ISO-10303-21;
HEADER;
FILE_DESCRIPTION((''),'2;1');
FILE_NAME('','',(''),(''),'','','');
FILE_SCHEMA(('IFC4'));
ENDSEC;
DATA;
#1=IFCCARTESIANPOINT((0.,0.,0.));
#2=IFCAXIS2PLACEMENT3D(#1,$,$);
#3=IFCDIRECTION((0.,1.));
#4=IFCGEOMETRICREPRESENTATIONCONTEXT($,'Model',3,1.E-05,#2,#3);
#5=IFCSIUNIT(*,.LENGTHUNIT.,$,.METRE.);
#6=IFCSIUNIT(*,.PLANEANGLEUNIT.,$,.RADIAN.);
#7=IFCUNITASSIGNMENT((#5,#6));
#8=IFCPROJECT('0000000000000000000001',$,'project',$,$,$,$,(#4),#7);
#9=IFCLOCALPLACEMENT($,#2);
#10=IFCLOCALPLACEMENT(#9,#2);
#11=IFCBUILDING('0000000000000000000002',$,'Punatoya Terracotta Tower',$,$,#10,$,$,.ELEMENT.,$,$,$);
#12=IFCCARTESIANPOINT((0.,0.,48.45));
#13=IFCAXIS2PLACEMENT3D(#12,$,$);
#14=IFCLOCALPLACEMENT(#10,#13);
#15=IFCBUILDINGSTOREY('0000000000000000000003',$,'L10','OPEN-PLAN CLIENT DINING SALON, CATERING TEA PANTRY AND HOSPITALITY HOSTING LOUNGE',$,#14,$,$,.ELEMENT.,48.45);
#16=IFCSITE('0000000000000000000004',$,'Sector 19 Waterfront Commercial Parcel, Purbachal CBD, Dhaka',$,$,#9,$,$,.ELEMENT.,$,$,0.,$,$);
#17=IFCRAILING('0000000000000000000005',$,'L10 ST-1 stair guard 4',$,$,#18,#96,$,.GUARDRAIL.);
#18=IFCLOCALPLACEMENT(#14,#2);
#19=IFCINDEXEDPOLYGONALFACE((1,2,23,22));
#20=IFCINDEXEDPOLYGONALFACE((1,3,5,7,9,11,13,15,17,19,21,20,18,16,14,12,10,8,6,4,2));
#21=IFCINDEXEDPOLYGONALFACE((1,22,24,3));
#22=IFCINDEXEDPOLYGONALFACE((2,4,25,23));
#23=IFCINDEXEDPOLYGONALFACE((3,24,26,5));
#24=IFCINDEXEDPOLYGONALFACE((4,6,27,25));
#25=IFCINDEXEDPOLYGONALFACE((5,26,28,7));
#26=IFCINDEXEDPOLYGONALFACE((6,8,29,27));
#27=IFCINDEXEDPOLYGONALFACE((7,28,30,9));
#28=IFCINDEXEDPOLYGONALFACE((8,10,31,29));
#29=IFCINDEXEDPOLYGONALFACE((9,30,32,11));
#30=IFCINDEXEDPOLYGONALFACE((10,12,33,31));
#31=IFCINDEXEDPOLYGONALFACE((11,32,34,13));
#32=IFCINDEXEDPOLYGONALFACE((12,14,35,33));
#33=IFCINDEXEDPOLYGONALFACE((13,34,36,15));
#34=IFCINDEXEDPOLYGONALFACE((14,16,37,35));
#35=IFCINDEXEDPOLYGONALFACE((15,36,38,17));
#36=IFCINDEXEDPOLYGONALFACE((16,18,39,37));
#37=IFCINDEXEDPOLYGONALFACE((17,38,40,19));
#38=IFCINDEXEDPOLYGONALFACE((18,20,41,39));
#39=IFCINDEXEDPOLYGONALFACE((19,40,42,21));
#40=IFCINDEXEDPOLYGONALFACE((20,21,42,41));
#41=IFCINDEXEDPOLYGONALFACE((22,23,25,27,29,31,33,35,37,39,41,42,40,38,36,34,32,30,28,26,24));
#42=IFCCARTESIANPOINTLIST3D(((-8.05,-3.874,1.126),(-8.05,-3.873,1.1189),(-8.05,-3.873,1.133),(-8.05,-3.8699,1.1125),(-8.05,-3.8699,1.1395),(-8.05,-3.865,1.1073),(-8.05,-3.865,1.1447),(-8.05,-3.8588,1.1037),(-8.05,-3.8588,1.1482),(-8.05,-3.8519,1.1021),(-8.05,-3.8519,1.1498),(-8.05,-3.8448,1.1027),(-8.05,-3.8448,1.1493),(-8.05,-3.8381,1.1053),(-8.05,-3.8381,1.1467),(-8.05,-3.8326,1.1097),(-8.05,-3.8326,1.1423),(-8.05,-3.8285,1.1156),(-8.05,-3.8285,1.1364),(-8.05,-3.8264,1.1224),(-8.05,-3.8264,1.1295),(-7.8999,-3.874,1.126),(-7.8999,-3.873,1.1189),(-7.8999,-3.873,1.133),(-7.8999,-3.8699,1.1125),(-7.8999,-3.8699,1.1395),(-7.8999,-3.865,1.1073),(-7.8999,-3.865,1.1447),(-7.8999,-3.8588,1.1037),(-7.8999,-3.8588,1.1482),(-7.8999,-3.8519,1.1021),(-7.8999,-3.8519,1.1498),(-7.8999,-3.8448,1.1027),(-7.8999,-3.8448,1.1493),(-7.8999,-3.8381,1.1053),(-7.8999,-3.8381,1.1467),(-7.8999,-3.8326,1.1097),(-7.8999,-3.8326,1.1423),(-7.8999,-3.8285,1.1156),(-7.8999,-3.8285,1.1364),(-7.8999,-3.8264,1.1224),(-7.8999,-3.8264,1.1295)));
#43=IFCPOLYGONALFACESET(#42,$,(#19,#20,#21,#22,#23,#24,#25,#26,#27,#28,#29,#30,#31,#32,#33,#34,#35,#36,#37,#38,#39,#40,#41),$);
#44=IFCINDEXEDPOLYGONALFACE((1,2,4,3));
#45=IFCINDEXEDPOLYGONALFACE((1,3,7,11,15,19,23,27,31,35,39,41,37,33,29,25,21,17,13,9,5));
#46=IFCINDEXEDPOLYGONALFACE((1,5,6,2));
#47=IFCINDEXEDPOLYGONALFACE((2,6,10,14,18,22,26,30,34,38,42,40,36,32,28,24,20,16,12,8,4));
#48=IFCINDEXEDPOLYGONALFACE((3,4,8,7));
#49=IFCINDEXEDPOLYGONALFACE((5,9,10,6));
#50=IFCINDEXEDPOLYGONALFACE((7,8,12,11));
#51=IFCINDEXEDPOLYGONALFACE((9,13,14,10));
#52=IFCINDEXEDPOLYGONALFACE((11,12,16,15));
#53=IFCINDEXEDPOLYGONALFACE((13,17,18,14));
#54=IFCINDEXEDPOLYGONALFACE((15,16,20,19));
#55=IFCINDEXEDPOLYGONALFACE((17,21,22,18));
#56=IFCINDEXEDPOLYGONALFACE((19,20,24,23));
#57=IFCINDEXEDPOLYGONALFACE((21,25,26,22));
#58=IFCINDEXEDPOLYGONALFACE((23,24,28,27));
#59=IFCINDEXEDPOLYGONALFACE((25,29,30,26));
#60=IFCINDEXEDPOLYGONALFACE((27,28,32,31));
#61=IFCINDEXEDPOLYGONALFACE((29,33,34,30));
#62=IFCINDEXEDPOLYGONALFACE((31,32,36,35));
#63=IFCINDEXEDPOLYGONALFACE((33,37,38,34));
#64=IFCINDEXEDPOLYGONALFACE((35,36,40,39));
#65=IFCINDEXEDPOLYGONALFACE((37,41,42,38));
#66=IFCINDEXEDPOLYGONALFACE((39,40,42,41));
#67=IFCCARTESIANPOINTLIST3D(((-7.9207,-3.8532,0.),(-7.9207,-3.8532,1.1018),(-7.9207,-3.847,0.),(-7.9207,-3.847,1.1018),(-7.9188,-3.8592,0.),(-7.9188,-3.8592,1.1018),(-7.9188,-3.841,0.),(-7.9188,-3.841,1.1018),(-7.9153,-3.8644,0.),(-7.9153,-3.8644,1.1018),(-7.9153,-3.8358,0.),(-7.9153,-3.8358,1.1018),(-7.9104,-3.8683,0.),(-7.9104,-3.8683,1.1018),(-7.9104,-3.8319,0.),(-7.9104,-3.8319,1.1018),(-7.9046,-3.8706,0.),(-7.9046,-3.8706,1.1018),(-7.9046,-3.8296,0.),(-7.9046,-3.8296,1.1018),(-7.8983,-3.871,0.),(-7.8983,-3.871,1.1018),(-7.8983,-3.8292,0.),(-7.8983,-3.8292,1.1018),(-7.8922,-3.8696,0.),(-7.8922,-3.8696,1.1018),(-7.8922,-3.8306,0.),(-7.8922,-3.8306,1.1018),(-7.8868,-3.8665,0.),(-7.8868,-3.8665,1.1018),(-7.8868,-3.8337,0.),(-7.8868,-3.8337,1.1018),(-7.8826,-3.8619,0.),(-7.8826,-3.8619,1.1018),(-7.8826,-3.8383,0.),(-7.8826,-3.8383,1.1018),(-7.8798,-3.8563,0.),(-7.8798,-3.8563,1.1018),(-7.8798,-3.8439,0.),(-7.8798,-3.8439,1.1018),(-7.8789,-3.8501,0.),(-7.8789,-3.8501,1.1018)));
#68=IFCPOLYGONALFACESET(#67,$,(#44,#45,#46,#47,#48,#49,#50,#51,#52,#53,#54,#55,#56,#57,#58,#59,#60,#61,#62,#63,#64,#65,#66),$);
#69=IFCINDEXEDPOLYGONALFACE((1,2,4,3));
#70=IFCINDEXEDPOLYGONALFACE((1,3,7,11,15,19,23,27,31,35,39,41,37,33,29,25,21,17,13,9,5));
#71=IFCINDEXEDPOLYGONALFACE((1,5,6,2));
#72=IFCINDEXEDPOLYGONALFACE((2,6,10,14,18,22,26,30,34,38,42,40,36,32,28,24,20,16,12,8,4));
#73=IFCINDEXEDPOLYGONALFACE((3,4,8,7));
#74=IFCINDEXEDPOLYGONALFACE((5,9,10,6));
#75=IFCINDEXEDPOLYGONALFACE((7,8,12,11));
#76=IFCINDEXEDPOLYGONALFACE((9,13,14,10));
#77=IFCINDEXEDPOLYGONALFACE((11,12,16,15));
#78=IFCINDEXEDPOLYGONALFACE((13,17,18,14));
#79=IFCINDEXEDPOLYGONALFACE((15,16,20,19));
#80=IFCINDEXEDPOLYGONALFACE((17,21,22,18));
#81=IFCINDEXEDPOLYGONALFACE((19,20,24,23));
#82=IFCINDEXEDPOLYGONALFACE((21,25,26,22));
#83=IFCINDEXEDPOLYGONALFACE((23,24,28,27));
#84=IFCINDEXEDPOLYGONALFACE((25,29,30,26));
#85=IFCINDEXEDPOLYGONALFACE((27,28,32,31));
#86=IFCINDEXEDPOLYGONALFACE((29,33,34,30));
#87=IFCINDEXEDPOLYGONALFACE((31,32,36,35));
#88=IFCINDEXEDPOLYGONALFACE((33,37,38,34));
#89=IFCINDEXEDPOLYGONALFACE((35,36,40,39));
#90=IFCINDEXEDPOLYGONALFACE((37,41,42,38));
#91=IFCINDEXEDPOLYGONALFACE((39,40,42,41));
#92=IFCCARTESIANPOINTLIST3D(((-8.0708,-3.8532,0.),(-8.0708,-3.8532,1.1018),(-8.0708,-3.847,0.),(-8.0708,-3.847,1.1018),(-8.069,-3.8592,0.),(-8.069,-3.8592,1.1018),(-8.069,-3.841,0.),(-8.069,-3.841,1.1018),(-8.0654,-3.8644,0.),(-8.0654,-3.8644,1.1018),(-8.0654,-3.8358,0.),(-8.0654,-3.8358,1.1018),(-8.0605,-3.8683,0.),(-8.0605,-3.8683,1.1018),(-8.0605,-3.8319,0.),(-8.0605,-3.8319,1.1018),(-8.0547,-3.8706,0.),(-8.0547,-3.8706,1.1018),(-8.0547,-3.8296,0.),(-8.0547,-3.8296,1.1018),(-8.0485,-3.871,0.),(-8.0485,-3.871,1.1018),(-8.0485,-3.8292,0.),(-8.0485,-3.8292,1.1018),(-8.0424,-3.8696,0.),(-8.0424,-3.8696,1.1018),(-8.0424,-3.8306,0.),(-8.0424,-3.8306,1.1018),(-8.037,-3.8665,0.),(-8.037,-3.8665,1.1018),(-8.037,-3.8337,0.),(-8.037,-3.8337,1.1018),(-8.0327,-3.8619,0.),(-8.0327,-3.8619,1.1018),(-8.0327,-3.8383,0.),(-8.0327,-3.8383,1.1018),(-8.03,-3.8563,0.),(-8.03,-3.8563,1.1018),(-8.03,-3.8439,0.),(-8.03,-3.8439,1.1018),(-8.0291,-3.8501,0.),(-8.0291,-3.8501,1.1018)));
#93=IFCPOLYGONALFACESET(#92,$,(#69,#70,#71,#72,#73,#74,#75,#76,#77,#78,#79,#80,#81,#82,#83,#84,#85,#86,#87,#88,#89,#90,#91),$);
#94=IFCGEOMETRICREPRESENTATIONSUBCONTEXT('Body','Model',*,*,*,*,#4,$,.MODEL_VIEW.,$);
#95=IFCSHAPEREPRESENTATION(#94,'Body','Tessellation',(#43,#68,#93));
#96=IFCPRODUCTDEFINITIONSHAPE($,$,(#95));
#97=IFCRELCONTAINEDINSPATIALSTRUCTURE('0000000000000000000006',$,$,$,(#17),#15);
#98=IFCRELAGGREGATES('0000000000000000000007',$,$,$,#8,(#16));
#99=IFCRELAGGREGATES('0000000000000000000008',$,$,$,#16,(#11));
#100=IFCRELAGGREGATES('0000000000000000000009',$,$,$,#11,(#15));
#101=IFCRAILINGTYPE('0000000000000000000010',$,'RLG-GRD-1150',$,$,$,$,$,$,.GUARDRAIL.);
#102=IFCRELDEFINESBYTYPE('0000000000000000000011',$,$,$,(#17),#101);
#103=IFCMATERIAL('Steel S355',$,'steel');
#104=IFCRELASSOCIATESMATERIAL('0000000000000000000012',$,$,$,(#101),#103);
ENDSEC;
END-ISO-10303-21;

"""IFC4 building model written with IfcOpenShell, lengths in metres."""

from ifc_helpers import new_model, si_unit, direction, frame, origin, origin_2d, place, context, subcontext, project, spatial, circle, extrude, material, type_object, element, save


model = new_model("IFC4")

# Units and contexts
model_context = context("Model", 3, precision=1e-05, world=origin(), true_north=direction((0.0, 1.0)))
body_context = subcontext(model_context, "Body", "Model", "MODEL_VIEW")
ifc_project = project(units=[si_unit("LENGTHUNIT", "METRE"), si_unit("PLANEANGLEUNIT", "RADIAN")], contexts=[model_context])

# Site, building, storey
site_placement = place(None, origin())
site = spatial("IfcSite", under=ifc_project, at=site_placement, Name="Sector 19 Waterfront Commercial Parcel, Purbachal CBD, Dhaka", CompositionType="ELEMENT", RefElevation=0.0)
building_placement = place(site_placement, origin())
building = spatial("IfcBuilding", under=site, at=building_placement, Name="Punatoya Terracotta Tower", CompositionType="ELEMENT")
storey_placement = place(building_placement, frame((0.0, 0.0, 48.45)))
storey = spatial("IfcBuildingStorey", under=building, at=storey_placement, Name="L10", Description="OPEN-PLAN CLIENT DINING SALON, CATERING TEA PANTRY AND HOSPITALITY HOSTING LOUNGE", CompositionType="ELEMENT", Elevation=48.45)

# Shared definitions
ifc_material_1 = material(Name="Steel S355", Category="steel")

# Railing
railing_type_1 = type_object("IfcRailingType", Name="RLG-GRD-1150", PredefinedType="GUARDRAIL", material=ifc_material_1)
railing_1_placement = place(storey_placement, frame((-7.8999, -3.8501, 0.0)))
element("IfcRailing", 1, at=railing_1_placement, inside=storey, type_object=railing_type_1, Name="L10 ST-1 stair guard 4", PredefinedType="GUARDRAIL", context=body_context, shape_type="SweptSolid", body=[
    extrude(circle(Radius=0.0239, at=origin_2d()), frame((0.0, 0.0, 1.126), z_axis=(-1.0, 0.0, 0.0), x_axis=(0.0, -1.0, 0.0)), (0.0, 0.0, 1.0), 0.1501),
    extrude(circle(Radius=0.021, at=origin_2d()), origin(), (0.0, 0.0, 1.0), 1.1018),
    extrude(circle(Radius=0.021, at=origin_2d()), frame((-0.1501, 0.0, 0.0)), (0.0, 0.0, 1.0), 1.1018),
])

save(model, "model.ifc")
